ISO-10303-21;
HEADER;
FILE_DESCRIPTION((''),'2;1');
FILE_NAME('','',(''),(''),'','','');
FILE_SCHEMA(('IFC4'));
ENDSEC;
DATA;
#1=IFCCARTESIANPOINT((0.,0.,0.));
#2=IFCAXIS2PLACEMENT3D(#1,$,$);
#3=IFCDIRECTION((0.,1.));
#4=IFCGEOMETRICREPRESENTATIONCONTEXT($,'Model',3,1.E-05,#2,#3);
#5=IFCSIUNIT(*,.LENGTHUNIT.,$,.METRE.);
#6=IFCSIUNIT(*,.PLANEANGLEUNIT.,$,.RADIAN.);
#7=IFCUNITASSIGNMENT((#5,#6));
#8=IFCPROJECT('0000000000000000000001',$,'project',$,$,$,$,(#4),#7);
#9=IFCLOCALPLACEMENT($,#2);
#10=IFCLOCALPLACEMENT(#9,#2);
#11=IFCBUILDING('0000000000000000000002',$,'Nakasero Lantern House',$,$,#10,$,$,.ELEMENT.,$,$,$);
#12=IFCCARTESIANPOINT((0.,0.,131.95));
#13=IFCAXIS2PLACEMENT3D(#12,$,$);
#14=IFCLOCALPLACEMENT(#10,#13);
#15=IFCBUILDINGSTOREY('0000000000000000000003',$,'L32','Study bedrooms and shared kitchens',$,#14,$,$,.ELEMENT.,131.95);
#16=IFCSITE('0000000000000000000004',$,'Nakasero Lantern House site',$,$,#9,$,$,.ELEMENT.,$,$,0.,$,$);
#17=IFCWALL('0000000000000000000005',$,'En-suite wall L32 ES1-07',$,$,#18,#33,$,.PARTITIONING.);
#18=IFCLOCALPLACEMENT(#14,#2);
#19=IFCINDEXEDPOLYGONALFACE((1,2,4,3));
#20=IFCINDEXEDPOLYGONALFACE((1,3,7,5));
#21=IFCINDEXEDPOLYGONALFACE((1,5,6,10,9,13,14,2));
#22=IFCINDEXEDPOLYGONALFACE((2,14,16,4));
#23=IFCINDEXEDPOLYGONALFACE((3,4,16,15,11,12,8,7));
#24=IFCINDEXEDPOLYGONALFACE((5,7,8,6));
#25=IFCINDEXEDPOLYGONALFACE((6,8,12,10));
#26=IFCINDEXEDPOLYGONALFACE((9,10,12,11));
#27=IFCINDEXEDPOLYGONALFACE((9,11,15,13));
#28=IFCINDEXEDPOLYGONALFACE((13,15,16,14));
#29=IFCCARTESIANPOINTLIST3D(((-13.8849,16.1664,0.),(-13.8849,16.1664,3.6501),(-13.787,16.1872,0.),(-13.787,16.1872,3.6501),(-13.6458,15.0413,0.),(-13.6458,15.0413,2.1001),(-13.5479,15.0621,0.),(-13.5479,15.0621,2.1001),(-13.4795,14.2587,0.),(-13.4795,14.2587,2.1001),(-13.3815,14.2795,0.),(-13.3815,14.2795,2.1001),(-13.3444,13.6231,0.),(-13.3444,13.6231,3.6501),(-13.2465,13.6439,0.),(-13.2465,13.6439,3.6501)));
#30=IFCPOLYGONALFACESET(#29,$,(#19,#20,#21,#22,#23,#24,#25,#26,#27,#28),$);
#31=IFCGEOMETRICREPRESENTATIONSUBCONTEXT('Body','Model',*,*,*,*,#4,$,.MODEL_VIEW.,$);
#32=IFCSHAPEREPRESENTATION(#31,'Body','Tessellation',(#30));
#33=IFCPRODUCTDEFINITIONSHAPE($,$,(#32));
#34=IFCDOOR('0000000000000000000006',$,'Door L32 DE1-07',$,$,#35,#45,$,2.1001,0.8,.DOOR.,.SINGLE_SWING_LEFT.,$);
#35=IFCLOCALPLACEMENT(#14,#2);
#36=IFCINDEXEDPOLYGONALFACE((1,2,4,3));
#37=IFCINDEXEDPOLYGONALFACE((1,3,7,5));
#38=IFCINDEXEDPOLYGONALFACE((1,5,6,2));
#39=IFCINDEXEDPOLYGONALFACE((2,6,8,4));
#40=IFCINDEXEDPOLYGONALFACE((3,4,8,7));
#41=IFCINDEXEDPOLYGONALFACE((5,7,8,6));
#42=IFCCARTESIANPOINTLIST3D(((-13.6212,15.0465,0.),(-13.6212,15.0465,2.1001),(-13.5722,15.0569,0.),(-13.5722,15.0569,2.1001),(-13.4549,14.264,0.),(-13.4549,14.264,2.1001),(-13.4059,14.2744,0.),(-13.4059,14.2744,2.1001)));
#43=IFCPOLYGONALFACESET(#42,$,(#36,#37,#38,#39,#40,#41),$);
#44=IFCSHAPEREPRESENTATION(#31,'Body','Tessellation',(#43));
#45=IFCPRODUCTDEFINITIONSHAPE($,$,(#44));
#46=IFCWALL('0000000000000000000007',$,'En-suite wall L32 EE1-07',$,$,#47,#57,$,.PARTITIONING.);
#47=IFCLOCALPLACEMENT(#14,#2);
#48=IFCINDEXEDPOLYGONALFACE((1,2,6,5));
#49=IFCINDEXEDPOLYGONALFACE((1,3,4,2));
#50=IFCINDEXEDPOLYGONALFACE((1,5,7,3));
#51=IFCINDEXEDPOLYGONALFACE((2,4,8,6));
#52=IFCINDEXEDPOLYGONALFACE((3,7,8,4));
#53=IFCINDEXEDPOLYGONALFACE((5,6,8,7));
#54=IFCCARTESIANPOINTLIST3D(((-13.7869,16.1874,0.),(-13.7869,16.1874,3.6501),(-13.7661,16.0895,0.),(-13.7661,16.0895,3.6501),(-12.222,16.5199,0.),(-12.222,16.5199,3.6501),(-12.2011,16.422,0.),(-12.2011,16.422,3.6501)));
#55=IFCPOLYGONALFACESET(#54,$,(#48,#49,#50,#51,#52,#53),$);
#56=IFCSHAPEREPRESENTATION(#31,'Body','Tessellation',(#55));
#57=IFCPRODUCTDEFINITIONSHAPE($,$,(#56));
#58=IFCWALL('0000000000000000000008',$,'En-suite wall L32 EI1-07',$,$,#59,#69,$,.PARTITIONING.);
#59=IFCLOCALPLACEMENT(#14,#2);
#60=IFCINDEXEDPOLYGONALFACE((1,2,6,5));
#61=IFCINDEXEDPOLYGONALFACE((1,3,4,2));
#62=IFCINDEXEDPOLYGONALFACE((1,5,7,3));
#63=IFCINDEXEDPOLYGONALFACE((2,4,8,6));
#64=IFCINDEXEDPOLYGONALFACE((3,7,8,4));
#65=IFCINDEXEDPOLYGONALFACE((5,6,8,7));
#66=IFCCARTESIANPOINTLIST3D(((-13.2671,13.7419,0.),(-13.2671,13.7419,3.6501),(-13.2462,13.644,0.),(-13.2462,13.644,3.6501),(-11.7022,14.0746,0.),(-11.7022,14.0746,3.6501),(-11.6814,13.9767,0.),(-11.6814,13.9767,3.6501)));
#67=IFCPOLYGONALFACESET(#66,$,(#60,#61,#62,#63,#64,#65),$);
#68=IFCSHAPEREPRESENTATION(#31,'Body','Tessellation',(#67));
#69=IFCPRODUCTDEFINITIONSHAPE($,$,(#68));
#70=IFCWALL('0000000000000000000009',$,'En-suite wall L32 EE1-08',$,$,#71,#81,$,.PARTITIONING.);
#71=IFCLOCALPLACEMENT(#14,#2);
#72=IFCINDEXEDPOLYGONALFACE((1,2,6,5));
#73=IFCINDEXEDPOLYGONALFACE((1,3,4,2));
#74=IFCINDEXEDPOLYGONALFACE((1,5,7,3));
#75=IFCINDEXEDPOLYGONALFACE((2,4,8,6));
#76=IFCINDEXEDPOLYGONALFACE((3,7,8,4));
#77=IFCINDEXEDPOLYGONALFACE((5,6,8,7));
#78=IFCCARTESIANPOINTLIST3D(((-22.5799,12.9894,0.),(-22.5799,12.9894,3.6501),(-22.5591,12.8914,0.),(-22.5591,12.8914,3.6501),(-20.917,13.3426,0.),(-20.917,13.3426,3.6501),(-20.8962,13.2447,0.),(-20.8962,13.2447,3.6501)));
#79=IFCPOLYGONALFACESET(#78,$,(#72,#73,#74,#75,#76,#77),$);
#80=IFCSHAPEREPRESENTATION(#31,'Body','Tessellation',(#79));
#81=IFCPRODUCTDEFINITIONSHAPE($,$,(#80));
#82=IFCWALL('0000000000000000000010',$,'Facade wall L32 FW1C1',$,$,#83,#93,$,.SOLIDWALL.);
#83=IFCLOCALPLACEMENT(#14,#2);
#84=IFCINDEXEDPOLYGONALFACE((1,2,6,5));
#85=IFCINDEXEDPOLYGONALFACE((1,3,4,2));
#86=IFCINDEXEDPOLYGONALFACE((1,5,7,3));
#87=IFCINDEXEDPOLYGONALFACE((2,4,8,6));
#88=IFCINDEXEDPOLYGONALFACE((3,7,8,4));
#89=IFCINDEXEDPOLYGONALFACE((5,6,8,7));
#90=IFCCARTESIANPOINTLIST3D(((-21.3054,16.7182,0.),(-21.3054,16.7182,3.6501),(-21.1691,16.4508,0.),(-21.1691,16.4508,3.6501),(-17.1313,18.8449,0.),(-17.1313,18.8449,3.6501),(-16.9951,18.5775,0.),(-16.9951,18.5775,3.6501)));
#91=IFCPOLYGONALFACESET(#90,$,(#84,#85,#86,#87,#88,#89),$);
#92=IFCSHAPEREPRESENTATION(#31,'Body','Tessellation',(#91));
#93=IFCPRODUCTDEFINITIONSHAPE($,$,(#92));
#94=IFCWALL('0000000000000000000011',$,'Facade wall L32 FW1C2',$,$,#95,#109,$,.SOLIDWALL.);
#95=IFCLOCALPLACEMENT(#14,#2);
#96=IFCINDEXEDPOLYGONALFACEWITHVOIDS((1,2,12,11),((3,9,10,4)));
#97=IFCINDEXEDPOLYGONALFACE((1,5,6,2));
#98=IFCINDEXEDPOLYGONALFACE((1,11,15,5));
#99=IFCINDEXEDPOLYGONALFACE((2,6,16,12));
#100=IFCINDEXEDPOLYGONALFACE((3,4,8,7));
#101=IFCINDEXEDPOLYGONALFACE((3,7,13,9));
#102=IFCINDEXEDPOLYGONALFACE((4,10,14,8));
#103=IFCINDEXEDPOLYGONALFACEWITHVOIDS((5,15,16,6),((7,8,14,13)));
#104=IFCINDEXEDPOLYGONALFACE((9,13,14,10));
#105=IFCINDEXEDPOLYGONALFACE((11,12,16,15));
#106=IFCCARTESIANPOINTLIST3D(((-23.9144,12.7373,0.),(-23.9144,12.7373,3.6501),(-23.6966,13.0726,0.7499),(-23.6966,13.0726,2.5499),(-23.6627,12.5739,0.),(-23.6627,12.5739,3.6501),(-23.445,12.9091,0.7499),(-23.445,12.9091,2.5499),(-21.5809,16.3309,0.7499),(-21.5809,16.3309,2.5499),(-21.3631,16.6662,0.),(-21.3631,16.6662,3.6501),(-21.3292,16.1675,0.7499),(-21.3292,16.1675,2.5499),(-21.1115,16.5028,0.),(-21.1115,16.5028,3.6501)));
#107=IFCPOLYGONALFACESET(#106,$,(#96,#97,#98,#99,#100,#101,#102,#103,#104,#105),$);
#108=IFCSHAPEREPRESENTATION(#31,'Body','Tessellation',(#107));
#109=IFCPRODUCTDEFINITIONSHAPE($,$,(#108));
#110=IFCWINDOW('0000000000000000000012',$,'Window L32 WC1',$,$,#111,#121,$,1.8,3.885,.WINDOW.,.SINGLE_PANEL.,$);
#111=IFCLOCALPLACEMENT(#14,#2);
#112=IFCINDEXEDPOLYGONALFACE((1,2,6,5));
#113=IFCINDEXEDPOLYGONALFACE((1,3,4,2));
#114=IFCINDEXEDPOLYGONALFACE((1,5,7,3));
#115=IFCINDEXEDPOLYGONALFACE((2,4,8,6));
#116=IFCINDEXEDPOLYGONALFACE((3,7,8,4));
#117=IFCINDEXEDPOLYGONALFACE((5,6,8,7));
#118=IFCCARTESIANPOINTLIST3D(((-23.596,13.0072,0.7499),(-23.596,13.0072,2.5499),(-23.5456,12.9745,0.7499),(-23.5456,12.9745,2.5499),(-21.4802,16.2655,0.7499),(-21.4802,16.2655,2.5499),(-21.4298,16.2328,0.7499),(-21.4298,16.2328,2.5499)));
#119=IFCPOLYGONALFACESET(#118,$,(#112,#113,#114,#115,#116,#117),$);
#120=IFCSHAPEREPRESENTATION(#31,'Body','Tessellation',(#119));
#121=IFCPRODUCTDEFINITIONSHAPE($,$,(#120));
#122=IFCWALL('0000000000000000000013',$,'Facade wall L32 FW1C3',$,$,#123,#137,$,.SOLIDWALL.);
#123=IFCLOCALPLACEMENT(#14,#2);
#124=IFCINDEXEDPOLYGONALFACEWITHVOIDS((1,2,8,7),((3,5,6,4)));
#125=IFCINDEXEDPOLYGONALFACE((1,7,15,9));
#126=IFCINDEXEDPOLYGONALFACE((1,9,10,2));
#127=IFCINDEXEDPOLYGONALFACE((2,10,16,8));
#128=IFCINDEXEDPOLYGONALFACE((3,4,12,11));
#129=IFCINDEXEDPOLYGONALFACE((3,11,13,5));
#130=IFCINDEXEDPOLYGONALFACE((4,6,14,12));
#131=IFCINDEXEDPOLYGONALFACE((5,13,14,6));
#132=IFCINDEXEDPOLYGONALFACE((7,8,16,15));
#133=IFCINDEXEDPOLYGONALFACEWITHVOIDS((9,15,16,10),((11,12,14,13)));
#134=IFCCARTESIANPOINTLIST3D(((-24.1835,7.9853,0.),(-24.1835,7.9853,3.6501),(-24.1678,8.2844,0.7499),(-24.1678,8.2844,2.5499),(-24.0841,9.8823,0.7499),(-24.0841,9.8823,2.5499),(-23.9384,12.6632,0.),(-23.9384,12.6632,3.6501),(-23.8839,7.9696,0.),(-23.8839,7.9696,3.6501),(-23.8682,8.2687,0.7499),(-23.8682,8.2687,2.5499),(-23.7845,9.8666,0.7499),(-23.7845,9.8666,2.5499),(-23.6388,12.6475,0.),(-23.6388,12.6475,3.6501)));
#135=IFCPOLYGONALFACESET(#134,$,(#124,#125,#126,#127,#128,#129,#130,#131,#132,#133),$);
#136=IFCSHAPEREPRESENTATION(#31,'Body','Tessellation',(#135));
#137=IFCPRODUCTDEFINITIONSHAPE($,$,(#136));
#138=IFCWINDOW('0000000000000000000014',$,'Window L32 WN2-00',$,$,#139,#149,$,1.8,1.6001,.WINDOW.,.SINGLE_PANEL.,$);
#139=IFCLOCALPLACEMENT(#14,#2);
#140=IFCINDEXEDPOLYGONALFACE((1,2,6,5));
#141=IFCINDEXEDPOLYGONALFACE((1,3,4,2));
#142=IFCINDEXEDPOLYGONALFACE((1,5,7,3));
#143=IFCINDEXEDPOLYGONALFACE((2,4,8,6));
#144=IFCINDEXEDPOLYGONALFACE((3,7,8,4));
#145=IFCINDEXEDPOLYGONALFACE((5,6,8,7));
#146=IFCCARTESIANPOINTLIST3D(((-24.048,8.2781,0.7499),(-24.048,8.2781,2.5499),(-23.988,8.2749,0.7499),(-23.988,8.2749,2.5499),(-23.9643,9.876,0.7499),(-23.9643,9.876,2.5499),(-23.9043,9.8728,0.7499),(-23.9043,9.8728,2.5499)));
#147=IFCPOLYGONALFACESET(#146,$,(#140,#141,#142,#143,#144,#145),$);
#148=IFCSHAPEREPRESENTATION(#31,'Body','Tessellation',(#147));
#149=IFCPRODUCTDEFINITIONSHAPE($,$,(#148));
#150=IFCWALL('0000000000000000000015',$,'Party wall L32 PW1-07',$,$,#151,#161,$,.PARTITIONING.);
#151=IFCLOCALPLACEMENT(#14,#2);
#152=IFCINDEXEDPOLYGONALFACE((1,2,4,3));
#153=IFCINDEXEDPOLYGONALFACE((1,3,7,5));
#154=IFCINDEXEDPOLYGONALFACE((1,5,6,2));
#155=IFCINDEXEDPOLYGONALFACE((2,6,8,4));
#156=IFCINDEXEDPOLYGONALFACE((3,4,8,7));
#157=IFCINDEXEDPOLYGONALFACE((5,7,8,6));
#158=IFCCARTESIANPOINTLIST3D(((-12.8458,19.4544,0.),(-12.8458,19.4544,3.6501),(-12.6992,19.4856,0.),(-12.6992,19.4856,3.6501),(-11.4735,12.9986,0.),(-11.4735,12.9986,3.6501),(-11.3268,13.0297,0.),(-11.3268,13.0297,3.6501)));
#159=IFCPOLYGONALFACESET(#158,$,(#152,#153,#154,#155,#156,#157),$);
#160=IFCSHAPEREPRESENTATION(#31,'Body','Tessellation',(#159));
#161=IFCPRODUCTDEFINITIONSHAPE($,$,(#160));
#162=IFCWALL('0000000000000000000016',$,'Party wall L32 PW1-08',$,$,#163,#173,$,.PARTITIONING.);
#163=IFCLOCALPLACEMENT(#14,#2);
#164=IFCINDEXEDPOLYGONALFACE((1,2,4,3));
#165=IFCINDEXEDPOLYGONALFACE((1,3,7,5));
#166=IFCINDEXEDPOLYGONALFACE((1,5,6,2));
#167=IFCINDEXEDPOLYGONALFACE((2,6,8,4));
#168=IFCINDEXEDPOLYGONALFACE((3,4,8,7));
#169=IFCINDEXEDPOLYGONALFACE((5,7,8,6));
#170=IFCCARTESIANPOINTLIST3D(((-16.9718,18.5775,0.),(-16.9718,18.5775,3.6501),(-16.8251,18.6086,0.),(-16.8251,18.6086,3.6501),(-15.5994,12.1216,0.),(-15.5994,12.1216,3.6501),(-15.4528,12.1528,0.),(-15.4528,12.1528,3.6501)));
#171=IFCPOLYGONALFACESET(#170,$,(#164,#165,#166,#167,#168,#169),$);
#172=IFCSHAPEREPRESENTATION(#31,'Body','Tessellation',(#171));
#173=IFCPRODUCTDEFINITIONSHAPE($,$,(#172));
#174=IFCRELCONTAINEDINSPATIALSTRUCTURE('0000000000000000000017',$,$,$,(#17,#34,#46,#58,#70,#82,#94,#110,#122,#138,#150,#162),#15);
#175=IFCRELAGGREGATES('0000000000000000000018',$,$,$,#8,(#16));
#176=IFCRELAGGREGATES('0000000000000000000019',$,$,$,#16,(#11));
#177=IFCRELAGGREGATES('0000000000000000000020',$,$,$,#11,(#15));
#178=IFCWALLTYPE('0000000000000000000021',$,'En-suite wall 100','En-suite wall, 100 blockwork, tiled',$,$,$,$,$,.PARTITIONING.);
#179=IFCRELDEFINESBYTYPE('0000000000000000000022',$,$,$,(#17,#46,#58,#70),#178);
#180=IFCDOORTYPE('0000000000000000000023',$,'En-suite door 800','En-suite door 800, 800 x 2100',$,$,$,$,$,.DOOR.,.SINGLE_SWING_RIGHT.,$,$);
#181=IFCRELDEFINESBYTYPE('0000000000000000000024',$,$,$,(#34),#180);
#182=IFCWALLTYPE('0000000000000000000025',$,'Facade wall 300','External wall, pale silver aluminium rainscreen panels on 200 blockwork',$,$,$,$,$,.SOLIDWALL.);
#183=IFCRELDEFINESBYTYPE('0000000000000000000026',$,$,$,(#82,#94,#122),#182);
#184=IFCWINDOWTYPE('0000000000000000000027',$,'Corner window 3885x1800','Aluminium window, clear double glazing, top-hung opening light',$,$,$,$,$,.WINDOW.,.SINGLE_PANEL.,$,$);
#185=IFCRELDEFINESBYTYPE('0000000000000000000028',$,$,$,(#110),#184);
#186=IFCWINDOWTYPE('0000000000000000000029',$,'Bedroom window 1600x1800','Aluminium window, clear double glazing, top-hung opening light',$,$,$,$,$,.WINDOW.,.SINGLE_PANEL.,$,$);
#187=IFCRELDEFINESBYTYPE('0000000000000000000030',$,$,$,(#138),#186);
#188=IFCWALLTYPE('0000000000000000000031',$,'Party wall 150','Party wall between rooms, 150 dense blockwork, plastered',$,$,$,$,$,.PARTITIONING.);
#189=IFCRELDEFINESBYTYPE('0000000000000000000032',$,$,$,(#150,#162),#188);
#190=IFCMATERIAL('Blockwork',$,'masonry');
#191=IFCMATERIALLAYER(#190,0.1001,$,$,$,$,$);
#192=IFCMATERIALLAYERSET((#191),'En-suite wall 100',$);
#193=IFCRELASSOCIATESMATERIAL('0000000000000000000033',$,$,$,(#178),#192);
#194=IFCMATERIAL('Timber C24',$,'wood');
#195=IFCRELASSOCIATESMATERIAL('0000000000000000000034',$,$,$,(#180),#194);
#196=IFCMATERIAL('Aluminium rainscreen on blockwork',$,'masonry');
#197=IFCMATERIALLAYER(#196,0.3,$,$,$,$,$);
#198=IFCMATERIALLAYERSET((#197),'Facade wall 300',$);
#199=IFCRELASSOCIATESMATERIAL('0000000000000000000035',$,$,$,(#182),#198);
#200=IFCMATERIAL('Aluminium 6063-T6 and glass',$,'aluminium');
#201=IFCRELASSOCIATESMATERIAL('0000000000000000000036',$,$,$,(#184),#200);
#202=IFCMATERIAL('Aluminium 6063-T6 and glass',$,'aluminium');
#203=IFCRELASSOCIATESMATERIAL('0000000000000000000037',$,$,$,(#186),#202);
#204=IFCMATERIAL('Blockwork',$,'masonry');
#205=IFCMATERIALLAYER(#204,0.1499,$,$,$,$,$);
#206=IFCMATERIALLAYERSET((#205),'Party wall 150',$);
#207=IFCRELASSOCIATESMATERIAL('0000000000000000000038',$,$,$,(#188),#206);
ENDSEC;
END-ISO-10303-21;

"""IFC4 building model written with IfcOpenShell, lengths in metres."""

from ifc_helpers import new_model, si_unit, direction, frame, frame_2d, origin, place, context, subcontext, project, spatial, rectangle, extrude, material, layer, layer_set, type_object, element, fill, save


model = new_model("IFC4")

# Units and contexts
model_context = context("Model", 3, precision=1e-05, world=origin(), true_north=direction((0.0, 1.0)))
body_context = subcontext(model_context, "Body", "Model", "MODEL_VIEW")
ifc_project = project(units=[si_unit("LENGTHUNIT", "METRE"), si_unit("PLANEANGLEUNIT", "RADIAN")], contexts=[model_context])

# Site, building, storey
site_placement = place(None, origin())
site = spatial("IfcSite", under=ifc_project, at=site_placement, Name="Nakasero Lantern House site", CompositionType="ELEMENT", RefElevation=0.0)
building_placement = place(site_placement, origin())
building = spatial("IfcBuilding", under=site, at=building_placement, Name="Nakasero Lantern House", CompositionType="ELEMENT")
storey_placement = place(building_placement, frame((0.0, 0.0, 131.95)))
storey = spatial("IfcBuildingStorey", under=building, at=storey_placement, Name="L32", Description="Study bedrooms and shared kitchens", CompositionType="ELEMENT", Elevation=131.95)

# Wall, opening, door
ifc_material_1 = material(Name="Blockwork", Category="masonry")
ifc_layer_1 = layer(ifc_material_1, 0.1001)
ifc_layer_set_1 = layer_set([ifc_layer_1], Name="En-suite wall 100")
wall_type_1 = type_object("IfcWallType", Name="En-suite wall 100", Description="En-suite wall, 100 blockwork, tiled", PredefinedType="PARTITIONING", material=ifc_layer_set_1)
wall_1_placement = place(storey_placement, frame((-13.2954, 13.6335, 0.0), z_axis=(0.0, 0.0, 1.0), x_axis=(-0.207894, 0.978151, 0.0)))
wall_1 = element("IfcWall", 1, at=wall_1_placement, inside=storey, type_object=wall_type_1, Name="En-suite wall L32 ES1-07", PredefinedType="PARTITIONING", context=body_context, shape_type="SweptSolid", body=[
    extrude(rectangle(XDim=2.6001, YDim=0.1001, at=frame_2d((1.3, 0.0))), origin(), (0.0, 0.0, 1.0), 3.6501),
])
opening_1_placement = place(wall_1_placement, frame((0.6499, 0.0, 0.0)))
opening_1 = element("IfcOpeningElement", 2, at=opening_1_placement, cuts=wall_1, PredefinedType="OPENING", context=body_context, shape_type="SweptSolid", body=[
    extrude(rectangle(XDim=0.8, YDim=2.1001, at=frame_2d((0.3999, 1.05))), frame((0.0, 0.0701, 0.0), z_axis=(0.0, -1.0, 0.0), x_axis=(1.0, 0.0, 0.0)), (0.0, 0.0, 1.0), 0.1401),
])
ifc_material_2 = material(Name="Timber C24", Category="wood")
door_type_1 = type_object("IfcDoorType", Name="En-suite door 800", Description="En-suite door 800, 800 x 2100", OperationType="SINGLE_SWING_RIGHT", PredefinedType="DOOR", material=ifc_material_2)
door_1_placement = place(opening_1_placement, origin())
door_1 = element("IfcDoor", 3, at=door_1_placement, inside=storey, type_object=door_type_1, Name="Door L32 DE1-07", OperationType="SINGLE_SWING_LEFT", OverallHeight=2.1001, OverallWidth=0.8, PredefinedType="DOOR", context=body_context, shape_type="SweptSolid", body=[
    extrude(rectangle(XDim=0.8, YDim=2.1001, at=frame_2d((0.3999, 1.05))), frame((0.0, 0.0249, 0.0), z_axis=(0.0, -1.0, 0.0), x_axis=(1.0, 0.0, 0.0)), (0.0, 0.0, 1.0), 0.05),
])
fill(opening_1, door_1)

# Walls
for number, where, z_axis, x_axis, name in (
    (4, (-12.2117, 16.4709, 0.0), (0.0, 0.0, 1.0), (-0.978163, -0.207841, 0.0), "En-suite wall L32 EE1-07"),
    (5, (-11.6919, 14.0256, 0.0), (0.0, 0.0, 1.0), (-0.978132, -0.207987, 0.0), "En-suite wall L32 EI1-07"),
):
    element("IfcWall", number, at=place(storey_placement, frame(where, z_axis=z_axis, x_axis=x_axis)), inside=storey, type_object=wall_type_1, Name=name, PredefinedType="PARTITIONING", context=body_context, shape_type="SweptSolid", body=[
        extrude(rectangle(XDim=1.5999, YDim=0.1001, at=frame_2d((0.7998, 0.0))), origin(), (0.0, 0.0, 1.0), 3.6501),
    ])
wall_2_placement = place(storey_placement, frame((-20.9065, 13.2937, 0.0), z_axis=(0.0, 0.0, 1.0), x_axis=(-0.978169, -0.207812, 0.0)))
element("IfcWall", 6, at=wall_2_placement, inside=storey, type_object=wall_type_1, Name="En-suite wall L32 EE1-08", PredefinedType="PARTITIONING", context=body_context, shape_type="SweptSolid", body=[
    extrude(rectangle(XDim=1.7, YDim=0.1001, at=frame_2d((0.8501, 0.0))), origin(), (0.0, 0.0, 1.0), 3.6501),
])
ifc_material_3 = material(Name="Aluminium rainscreen on blockwork", Category="masonry")
ifc_layer_2 = layer(ifc_material_3, 0.3)
ifc_layer_set_2 = layer_set([ifc_layer_2], Name="Facade wall 300")
wall_type_2 = type_object("IfcWallType", Name="Facade wall 300", Description="External wall, pale silver aluminium rainscreen panels on 200 blockwork", PredefinedType="SOLIDWALL", material=ifc_layer_set_2)
wall_3_placement = place(storey_placement, frame((-17.0632, 18.7112, 0.0), z_axis=(0.0, 0.0, 1.0), x_axis=(-0.891014, -0.453976, 0.0)))
element("IfcWall", 7, at=wall_3_placement, inside=storey, type_object=wall_type_2, Name="Facade wall L32 FW1C1", PredefinedType="SOLIDWALL", context=body_context, shape_type="SweptSolid", body=[
    extrude(rectangle(XDim=4.6846, YDim=0.3, at=frame_2d((2.3423, 0.0))), origin(), (0.0, 0.0, 1.0), 3.6501),
])

# Walls, openings, windows
wall_4_placement = place(storey_placement, frame((-21.2373, 16.5845, 0.0), z_axis=(0.0, 0.0, 1.0), x_axis=(-0.544605, -0.838692, 0.0)))
wall_4 = element("IfcWall", 8, at=wall_4_placement, inside=storey, type_object=wall_type_2, Name="Facade wall L32 FW1C2", PredefinedType="SOLIDWALL", context=body_context, shape_type="SweptSolid", body=[
    extrude(rectangle(XDim=4.6846, YDim=0.3, at=frame_2d((2.3423, 0.0))), origin(), (0.0, 0.0, 1.0), 3.6501),
])
opening_2_placement = place(wall_4_placement, frame((0.3999, 0.0, 0.75)))
opening_2 = element("IfcOpeningElement", 9, at=opening_2_placement, cuts=wall_4, PredefinedType="OPENING", context=body_context, shape_type="SweptSolid", body=[
    extrude(rectangle(XDim=3.885, YDim=1.8, at=frame_2d((1.9424, 0.8999))), frame((0.0, 0.1699, 0.0), z_axis=(0.0, -1.0, 0.0), x_axis=(1.0, 0.0, 0.0)), (0.0, 0.0, 1.0), 0.3401),
])
ifc_material_4 = material(Name="Aluminium 6063-T6 and glass", Category="aluminium")
window_type_1 = type_object("IfcWindowType", Name="Corner window 3885x1800", Description="Aluminium window, clear double glazing, top-hung opening light", PartitioningType="SINGLE_PANEL", PredefinedType="WINDOW", material=ifc_material_4)
window_1_placement = place(opening_2_placement, origin())
window_1 = element("IfcWindow", 10, at=window_1_placement, inside=storey, type_object=window_type_1, Name="Window L32 WC1", OverallHeight=1.8, OverallWidth=3.885, PartitioningType="SINGLE_PANEL", PredefinedType="WINDOW", context=body_context, shape_type="SweptSolid", body=[
    extrude(rectangle(XDim=3.885, YDim=1.8, at=frame_2d((1.9424, 0.8999))), frame((0.0, 0.03, 0.0), z_axis=(0.0, -1.0, 0.0), x_axis=(1.0, 0.0, 0.0)), (0.0, 0.0, 1.0), 0.0601),
])
fill(opening_2, window_1)
wall_5_placement = place(storey_placement, frame((-23.7886, 12.6555, 0.0), z_axis=(0.0, 0.0, 1.0), x_axis=(-0.052326, -0.99863, 0.0)))
wall_5 = element("IfcWall", 11, at=wall_5_placement, inside=storey, type_object=wall_type_2, Name="Facade wall L32 FW1C3", PredefinedType="SOLIDWALL", context=body_context, shape_type="SweptSolid", body=[
    extrude(rectangle(XDim=4.6843, YDim=0.3, at=frame_2d((2.3423, 0.0))), origin(), (0.0, 0.0, 1.0), 3.6501),
])
opening_3_placement = place(wall_5_placement, frame((2.7849, 0.0, 0.75)))
opening_3 = element("IfcOpeningElement", 12, at=opening_3_placement, cuts=wall_5, PredefinedType="OPENING", context=body_context, shape_type="SweptSolid", body=[
    extrude(rectangle(XDim=1.6001, YDim=1.8, at=frame_2d((0.8, 0.8999))), frame((0.0, 0.1699, 0.0), z_axis=(0.0, -1.0, 0.0), x_axis=(1.0, 0.0, 0.0)), (0.0, 0.0, 1.0), 0.3401),
])
ifc_material_5 = material(Name="Aluminium 6063-T6 and glass", Category="aluminium")
window_type_2 = type_object("IfcWindowType", Name="Bedroom window 1600x1800", Description="Aluminium window, clear double glazing, top-hung opening light", PartitioningType="SINGLE_PANEL", PredefinedType="WINDOW", material=ifc_material_5)
window_2_placement = place(opening_3_placement, origin())
window_2 = element("IfcWindow", 13, at=window_2_placement, inside=storey, type_object=window_type_2, Name="Window L32 WN2-00", OverallHeight=1.8, OverallWidth=1.6001, PartitioningType="SINGLE_PANEL", PredefinedType="WINDOW", context=body_context, shape_type="SweptSolid", body=[
    extrude(rectangle(XDim=1.6001, YDim=1.8, at=frame_2d((0.8, 0.8999))), frame((0.0, 0.03, 0.0), z_axis=(0.0, -1.0, 0.0), x_axis=(1.0, 0.0, 0.0)), (0.0, 0.0, 1.0), 0.0601),
])
fill(opening_3, window_2)

# Walls
ifc_material_6 = material(Name="Blockwork", Category="masonry")
ifc_layer_3 = layer(ifc_material_6, 0.1499)
ifc_layer_set_3 = layer_set([ifc_layer_3], Name="Party wall 150")
wall_type_3 = type_object("IfcWallType", Name="Party wall 150", Description="Party wall between rooms, 150 dense blockwork, plastered", PredefinedType="PARTITIONING", material=ifc_layer_set_3)
for number, where, z_axis, x_axis, name in (
    (14, (-11.4001, 13.0142, 0.0), (0.0, 0.0, 1.0), (-0.207925, 0.978145, 0.0), "Party wall L32 PW1-07"),
    (15, (-15.5261, 12.1372, 0.0), (0.0, 0.0, 1.0), (-0.207925, 0.978145, 0.0), "Party wall L32 PW1-08"),
):
    element("IfcWall", number, at=place(storey_placement, frame(where, z_axis=z_axis, x_axis=x_axis)), inside=storey, type_object=wall_type_3, Name=name, PredefinedType="PARTITIONING", context=body_context, shape_type="SweptSolid", body=[
        extrude(rectangle(XDim=6.6001, YDim=0.1499, at=frame_2d((3.3, 0.0))), origin(), (0.0, 0.0, 1.0), 3.6501),
    ])

save(model, "model.ifc")
